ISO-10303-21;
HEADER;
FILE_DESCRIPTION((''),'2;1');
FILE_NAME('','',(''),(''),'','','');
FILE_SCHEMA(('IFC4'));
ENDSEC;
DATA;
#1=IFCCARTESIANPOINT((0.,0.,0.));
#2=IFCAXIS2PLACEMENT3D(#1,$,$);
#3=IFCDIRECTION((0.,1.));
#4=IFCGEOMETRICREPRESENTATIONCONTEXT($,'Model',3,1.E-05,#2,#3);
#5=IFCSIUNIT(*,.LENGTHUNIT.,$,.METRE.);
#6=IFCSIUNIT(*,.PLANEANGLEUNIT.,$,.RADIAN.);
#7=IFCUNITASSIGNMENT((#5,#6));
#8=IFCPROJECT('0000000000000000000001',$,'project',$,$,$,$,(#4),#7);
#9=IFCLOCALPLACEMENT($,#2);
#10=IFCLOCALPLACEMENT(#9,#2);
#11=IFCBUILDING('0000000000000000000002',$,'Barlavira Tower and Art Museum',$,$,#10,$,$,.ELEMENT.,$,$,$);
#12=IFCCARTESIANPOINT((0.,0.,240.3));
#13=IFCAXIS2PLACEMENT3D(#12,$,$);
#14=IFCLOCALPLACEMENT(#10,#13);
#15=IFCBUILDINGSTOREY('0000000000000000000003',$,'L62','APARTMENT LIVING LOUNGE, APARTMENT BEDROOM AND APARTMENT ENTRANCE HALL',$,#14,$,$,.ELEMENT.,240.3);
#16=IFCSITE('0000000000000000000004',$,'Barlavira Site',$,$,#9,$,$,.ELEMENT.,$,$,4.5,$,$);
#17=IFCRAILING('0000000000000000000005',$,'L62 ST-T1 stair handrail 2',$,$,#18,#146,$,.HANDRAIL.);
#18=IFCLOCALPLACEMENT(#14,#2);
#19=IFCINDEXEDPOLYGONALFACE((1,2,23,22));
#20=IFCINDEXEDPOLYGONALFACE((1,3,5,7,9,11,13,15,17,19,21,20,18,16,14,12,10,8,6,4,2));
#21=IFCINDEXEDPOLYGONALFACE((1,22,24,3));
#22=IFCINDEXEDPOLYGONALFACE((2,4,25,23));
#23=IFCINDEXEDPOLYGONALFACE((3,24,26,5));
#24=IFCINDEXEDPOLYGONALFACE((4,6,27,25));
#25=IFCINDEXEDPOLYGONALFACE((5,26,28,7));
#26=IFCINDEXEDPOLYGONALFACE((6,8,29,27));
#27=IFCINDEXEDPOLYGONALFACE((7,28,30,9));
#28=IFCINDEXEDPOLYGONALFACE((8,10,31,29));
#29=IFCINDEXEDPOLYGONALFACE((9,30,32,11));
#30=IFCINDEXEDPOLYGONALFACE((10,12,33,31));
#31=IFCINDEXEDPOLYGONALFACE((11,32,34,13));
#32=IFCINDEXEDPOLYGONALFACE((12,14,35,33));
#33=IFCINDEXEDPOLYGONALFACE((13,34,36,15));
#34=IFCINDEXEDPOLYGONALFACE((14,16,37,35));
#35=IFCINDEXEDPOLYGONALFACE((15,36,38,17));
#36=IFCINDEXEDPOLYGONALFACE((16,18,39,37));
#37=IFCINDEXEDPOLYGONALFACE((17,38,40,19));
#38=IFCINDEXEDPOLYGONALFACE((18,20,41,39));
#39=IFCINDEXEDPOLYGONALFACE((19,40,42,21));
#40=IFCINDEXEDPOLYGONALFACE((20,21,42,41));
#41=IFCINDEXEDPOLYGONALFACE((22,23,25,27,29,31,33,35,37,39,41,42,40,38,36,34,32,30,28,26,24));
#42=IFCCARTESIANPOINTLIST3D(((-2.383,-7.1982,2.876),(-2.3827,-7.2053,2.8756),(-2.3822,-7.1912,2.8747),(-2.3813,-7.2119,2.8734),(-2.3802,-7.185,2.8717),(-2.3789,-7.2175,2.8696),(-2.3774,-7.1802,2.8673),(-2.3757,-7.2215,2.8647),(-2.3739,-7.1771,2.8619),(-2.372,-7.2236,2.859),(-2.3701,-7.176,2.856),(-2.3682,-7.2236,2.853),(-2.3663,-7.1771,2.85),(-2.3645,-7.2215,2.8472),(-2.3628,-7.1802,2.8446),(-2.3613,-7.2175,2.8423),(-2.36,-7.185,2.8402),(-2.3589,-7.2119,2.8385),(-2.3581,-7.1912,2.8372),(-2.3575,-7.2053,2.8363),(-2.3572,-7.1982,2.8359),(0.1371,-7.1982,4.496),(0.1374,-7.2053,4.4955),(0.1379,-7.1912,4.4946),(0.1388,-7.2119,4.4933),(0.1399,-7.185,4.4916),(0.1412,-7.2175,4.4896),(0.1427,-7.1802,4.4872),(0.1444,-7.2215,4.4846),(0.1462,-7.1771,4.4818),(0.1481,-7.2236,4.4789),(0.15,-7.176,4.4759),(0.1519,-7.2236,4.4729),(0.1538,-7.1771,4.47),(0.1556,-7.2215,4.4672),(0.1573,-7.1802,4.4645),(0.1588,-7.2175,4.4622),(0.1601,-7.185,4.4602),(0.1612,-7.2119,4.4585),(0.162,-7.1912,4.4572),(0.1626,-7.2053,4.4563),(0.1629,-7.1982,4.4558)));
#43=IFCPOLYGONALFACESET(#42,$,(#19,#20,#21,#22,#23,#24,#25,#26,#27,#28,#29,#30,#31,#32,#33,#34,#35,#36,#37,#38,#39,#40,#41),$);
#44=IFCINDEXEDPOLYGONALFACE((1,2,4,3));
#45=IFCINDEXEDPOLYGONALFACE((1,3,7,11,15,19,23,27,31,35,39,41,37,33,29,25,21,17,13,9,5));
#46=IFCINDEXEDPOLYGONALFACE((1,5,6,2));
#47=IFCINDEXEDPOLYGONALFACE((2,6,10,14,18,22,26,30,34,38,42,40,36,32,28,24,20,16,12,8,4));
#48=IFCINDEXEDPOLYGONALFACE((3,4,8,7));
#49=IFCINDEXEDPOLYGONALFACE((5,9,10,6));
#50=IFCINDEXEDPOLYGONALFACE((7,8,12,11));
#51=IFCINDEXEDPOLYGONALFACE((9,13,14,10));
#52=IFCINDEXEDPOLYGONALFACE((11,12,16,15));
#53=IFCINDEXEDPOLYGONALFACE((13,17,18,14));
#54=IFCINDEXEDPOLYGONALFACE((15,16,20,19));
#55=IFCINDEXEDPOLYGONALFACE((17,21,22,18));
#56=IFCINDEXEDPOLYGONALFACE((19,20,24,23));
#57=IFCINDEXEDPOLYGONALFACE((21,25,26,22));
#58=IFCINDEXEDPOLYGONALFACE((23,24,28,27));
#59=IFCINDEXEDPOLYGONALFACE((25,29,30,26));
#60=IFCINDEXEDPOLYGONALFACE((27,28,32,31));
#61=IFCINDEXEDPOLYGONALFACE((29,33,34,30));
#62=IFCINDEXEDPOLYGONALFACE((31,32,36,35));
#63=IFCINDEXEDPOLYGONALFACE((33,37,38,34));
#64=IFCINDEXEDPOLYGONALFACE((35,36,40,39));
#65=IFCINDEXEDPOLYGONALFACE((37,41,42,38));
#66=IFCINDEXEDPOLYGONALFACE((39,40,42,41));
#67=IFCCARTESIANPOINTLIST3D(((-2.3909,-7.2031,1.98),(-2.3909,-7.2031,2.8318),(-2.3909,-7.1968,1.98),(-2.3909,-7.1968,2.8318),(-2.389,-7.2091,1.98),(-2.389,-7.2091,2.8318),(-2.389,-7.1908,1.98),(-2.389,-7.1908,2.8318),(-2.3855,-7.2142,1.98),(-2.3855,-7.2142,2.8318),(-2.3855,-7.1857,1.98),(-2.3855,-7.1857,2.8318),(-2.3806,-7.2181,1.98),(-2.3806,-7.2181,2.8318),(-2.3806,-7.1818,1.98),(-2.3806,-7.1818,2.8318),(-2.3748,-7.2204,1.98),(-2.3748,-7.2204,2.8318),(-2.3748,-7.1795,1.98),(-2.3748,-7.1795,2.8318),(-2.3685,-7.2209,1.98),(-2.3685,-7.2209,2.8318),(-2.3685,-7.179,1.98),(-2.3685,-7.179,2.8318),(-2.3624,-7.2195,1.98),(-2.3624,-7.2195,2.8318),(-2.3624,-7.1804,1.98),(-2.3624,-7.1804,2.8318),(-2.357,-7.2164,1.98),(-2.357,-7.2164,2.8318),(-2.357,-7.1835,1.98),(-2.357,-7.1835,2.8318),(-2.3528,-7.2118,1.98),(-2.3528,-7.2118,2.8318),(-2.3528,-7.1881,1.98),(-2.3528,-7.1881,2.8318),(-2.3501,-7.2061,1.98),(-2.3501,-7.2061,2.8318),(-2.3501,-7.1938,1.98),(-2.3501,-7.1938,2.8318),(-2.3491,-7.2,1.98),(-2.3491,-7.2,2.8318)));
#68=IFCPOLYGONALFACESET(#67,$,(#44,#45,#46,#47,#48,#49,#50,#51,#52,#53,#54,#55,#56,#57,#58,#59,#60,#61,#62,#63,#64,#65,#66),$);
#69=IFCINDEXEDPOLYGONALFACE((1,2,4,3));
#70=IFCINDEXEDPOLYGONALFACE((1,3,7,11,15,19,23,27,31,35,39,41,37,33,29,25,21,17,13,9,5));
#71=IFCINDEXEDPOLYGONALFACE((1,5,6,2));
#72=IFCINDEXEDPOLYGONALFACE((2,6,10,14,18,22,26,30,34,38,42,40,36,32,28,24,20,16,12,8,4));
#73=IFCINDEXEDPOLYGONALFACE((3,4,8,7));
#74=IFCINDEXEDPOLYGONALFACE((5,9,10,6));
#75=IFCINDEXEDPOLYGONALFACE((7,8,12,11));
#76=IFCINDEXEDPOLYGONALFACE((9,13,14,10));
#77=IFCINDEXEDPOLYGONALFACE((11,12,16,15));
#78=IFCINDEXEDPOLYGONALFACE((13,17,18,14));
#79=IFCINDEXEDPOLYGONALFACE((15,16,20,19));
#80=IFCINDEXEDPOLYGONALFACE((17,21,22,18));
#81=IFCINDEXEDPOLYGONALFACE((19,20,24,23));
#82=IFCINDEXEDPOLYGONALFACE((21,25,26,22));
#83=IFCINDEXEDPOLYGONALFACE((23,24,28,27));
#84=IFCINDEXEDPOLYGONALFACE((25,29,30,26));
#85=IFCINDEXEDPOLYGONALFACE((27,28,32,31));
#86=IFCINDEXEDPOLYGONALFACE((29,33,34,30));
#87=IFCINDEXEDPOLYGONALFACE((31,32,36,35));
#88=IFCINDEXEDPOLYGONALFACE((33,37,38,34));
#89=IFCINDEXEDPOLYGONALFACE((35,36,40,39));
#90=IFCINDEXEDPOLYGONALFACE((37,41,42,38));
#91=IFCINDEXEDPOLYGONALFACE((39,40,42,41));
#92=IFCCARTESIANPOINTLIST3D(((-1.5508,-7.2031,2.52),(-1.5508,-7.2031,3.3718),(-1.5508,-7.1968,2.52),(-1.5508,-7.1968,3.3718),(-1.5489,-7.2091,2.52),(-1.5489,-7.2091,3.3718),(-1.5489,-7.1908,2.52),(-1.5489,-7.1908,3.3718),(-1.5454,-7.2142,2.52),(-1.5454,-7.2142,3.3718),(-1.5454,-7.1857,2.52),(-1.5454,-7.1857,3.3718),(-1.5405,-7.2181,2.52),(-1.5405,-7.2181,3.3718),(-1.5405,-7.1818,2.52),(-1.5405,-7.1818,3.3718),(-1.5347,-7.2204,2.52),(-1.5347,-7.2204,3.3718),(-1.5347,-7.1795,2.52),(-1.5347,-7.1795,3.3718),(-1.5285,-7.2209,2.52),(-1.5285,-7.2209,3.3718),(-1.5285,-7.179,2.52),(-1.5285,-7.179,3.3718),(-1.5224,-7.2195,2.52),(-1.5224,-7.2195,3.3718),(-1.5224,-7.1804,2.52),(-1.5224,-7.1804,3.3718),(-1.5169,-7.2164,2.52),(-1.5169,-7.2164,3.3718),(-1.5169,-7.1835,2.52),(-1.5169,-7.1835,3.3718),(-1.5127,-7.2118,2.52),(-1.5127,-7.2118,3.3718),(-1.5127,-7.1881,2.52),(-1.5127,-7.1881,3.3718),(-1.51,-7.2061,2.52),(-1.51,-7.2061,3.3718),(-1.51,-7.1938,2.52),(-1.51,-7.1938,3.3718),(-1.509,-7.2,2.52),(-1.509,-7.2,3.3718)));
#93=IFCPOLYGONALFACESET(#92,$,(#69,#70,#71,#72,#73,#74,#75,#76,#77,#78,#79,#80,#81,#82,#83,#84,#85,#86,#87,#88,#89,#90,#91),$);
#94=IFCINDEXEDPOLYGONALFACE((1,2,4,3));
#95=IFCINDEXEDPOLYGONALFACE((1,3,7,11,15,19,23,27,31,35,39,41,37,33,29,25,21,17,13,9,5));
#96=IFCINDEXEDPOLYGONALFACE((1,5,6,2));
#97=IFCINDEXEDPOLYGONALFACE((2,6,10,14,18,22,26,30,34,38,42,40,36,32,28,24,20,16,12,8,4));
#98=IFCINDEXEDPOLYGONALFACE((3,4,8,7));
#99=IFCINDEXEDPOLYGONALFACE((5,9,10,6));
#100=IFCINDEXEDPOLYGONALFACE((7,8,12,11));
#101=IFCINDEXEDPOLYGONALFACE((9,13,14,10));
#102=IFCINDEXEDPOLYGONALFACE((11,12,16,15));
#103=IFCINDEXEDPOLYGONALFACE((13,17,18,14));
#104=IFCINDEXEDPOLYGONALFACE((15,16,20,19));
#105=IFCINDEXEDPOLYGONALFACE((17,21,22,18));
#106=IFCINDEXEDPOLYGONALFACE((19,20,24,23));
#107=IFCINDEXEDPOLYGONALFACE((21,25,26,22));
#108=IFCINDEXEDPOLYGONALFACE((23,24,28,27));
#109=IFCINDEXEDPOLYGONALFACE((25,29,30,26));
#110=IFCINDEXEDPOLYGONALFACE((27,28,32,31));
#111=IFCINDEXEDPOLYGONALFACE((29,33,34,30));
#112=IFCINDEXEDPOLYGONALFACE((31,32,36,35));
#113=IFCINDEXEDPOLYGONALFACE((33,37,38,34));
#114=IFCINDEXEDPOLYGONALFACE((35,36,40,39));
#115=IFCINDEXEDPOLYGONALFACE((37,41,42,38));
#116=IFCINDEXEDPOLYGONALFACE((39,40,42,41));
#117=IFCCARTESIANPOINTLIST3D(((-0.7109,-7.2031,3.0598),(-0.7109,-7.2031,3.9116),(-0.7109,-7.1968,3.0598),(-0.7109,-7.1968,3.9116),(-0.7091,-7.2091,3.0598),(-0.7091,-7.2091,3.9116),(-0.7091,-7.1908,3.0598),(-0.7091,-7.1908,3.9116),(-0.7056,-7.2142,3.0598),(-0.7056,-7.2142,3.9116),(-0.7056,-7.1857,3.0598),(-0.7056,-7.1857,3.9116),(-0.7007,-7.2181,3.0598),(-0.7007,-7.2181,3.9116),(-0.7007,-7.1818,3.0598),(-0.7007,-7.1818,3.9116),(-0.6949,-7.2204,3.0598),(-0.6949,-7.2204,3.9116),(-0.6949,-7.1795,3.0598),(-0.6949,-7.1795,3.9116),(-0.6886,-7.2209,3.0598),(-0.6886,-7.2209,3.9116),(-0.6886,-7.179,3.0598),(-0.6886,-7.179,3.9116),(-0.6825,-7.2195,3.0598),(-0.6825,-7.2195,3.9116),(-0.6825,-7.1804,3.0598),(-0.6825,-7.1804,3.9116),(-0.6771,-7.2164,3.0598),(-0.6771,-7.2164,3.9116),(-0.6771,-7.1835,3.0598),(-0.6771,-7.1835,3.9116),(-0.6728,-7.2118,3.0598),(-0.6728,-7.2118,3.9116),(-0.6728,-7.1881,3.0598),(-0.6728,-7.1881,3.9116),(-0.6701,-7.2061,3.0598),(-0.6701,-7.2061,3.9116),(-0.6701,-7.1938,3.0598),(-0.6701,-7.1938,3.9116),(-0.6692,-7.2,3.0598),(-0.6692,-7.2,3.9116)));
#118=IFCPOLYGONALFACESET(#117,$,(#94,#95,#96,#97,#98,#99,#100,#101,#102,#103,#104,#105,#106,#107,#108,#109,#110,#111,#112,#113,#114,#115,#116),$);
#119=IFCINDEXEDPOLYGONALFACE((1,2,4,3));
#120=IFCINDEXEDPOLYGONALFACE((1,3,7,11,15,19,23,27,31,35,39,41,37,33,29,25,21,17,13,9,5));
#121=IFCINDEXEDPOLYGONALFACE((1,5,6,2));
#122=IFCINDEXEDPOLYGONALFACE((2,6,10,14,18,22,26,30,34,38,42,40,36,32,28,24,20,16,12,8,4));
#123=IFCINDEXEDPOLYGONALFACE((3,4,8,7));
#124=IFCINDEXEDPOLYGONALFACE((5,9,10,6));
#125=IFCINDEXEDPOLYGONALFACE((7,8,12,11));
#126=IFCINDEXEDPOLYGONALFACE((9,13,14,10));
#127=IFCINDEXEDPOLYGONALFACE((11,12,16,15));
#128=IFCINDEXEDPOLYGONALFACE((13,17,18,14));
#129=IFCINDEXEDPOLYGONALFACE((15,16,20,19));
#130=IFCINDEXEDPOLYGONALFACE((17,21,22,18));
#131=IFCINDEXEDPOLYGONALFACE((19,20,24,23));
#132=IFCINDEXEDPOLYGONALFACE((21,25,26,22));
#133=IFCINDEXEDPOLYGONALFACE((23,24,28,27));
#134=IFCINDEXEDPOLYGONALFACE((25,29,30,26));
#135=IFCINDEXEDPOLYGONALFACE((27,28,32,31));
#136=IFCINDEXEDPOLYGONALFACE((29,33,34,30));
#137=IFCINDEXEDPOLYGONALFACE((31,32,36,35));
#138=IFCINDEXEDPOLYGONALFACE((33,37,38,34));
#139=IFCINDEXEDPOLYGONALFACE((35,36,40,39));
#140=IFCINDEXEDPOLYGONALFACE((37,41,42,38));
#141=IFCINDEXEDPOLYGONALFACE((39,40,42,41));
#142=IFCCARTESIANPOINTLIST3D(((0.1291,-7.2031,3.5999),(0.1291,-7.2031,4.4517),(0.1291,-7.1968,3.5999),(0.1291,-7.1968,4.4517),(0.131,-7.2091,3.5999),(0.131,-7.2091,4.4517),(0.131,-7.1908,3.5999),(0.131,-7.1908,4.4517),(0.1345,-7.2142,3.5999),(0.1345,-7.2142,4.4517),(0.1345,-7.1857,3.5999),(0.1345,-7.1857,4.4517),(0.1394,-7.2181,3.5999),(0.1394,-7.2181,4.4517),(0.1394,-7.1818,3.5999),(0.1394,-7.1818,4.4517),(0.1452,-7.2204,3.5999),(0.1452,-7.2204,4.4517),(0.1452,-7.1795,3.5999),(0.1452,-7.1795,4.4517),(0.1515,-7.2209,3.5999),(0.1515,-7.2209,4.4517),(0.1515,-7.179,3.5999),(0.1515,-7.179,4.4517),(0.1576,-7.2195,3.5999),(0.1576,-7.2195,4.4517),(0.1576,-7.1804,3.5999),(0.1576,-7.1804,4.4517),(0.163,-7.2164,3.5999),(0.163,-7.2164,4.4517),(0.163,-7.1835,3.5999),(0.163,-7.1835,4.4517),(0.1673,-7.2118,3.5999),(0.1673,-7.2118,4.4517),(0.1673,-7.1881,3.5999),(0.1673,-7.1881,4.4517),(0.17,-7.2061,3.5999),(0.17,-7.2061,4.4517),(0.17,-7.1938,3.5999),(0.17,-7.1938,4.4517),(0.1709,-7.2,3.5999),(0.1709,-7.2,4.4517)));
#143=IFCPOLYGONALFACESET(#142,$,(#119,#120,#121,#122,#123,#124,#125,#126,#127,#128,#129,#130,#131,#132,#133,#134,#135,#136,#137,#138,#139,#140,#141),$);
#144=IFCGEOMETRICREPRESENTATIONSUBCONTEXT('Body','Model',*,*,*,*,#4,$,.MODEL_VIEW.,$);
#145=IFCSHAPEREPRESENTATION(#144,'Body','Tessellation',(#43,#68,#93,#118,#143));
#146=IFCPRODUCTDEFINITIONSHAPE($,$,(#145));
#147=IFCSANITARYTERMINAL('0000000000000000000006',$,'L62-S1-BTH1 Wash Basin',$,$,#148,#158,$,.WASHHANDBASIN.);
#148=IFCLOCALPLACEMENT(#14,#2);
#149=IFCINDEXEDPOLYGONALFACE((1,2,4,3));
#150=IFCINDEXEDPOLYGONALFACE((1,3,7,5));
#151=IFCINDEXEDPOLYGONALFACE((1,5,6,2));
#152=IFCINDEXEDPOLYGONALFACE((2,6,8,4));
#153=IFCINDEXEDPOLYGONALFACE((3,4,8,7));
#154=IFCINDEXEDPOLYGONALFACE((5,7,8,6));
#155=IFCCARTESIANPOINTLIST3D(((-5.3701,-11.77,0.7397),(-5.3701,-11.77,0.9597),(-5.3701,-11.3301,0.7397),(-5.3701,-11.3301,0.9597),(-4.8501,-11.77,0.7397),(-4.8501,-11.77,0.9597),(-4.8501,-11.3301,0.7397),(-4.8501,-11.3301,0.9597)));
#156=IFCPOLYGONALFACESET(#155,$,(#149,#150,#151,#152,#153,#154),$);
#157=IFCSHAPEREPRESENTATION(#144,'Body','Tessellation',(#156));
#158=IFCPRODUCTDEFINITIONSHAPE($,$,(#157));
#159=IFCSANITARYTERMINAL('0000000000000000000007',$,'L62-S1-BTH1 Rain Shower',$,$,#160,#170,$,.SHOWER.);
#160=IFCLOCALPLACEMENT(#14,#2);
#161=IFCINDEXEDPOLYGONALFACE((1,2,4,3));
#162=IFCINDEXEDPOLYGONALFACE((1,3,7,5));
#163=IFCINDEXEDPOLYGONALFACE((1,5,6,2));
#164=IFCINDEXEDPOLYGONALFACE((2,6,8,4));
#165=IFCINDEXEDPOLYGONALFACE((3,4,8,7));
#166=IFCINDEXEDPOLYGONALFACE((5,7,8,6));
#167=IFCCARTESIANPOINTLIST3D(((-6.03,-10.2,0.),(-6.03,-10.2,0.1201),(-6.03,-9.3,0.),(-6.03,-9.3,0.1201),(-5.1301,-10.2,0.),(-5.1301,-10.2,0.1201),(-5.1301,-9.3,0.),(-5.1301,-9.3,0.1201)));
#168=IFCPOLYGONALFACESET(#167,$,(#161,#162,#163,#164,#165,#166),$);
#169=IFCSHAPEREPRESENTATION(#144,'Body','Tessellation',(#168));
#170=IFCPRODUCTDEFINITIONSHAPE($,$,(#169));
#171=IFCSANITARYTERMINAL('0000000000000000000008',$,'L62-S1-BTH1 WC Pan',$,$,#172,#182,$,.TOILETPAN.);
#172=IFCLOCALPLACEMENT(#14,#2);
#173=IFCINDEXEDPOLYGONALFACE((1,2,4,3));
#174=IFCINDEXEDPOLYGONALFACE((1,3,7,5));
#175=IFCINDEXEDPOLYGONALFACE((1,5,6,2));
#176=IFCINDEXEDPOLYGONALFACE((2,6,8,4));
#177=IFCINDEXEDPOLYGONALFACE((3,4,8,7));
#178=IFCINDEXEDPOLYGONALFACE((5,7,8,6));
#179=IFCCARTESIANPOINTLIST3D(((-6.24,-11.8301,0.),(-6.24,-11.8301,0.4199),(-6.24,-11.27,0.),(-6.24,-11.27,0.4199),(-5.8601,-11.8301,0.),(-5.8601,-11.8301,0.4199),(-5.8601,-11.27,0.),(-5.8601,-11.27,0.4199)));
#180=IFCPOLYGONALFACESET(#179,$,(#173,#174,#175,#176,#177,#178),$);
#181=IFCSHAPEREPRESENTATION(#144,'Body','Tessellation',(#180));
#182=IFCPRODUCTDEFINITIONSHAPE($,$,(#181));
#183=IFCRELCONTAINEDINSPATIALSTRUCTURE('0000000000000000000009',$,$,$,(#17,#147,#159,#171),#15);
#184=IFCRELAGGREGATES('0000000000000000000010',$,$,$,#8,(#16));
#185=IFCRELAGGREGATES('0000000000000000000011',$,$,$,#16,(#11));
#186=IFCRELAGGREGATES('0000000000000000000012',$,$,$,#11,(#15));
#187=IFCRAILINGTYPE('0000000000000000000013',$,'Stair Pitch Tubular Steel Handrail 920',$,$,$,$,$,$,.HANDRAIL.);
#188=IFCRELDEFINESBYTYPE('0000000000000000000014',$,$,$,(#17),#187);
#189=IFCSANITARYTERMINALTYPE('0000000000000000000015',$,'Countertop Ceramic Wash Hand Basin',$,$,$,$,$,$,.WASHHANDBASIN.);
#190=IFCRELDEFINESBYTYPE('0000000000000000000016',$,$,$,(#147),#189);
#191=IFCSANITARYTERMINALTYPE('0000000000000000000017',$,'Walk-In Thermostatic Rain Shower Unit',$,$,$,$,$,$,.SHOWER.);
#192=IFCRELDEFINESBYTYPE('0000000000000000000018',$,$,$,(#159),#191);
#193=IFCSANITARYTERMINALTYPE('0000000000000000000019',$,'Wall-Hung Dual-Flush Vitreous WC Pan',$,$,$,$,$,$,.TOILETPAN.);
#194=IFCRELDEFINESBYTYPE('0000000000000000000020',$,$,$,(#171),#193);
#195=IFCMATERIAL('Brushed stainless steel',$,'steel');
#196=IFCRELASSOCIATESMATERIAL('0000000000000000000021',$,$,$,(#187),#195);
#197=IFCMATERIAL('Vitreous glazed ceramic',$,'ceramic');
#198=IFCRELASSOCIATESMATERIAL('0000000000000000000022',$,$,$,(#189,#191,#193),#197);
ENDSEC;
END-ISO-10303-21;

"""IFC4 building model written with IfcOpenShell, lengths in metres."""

from ifc_helpers import new_model, si_unit, direction, frame, origin, origin_2d, place, context, subcontext, project, spatial, rectangle, circle, extrude, material, type_object, element, save


model = new_model("IFC4")

# Units and contexts
model_context = context("Model", 3, precision=1e-05, world=origin(), true_north=direction((0.0, 1.0)))
body_context = subcontext(model_context, "Body", "Model", "MODEL_VIEW")
ifc_project = project(units=[si_unit("LENGTHUNIT", "METRE"), si_unit("PLANEANGLEUNIT", "RADIAN")], contexts=[model_context])

# Site, building, storey
site_placement = place(None, origin())
site = spatial("IfcSite", under=ifc_project, at=site_placement, Name="Barlavira Site", CompositionType="ELEMENT", RefElevation=4.5)
building_placement = place(site_placement, origin())
building = spatial("IfcBuilding", under=site, at=building_placement, Name="Barlavira Tower and Art Museum", CompositionType="ELEMENT")
storey_placement = place(building_placement, frame((0.0, 0.0, 240.3)))
storey = spatial("IfcBuildingStorey", under=building, at=storey_placement, Name="L62", Description="APARTMENT LIVING LOUNGE, APARTMENT BEDROOM AND APARTMENT ENTRANCE HALL", CompositionType="ELEMENT", Elevation=240.3)

# Shared definitions
ifc_material_1 = material(Name="Brushed stainless steel", Category="steel")

# Railing
railing_type_1 = type_object("IfcRailingType", Name="Stair Pitch Tubular Steel Handrail 920", PredefinedType="HANDRAIL", material=ifc_material_1)
railing_1_placement = place(storey_placement, frame((-2.3701, -7.2, 1.98)))
element("IfcRailing", 1, at=railing_1_placement, inside=storey, type_object=railing_type_1, Name="L62 ST-T1 stair handrail 2", PredefinedType="HANDRAIL", context=body_context, shape_type="SweptSolid", body=[
    extrude(circle(Radius=0.0239, at=origin_2d()), frame((0.0, 0.0, 0.876), z_axis=(0.8412, 0.0, 0.540725), x_axis=(0.0, 1.0, 0.0)), (0.0, 0.0, 1.0), 2.9958),
    extrude(circle(Radius=0.021, at=origin_2d()), origin(), (0.0, 0.0, 1.0), 0.8518),
    extrude(circle(Radius=0.021, at=origin_2d()), frame((0.8401, 0.0, 0.54)), (0.0, 0.0, 1.0), 0.8518),
    extrude(circle(Radius=0.021, at=origin_2d()), frame((1.6799, 0.0, 1.0798)), (0.0, 0.0, 1.0), 0.8518),
    extrude(circle(Radius=0.021, at=origin_2d()), frame((2.52, 0.0, 1.6199)), (0.0, 0.0, 1.0), 0.8518),
])

# Sanitary terminals
ifc_material_2 = material(Name="Vitreous glazed ceramic", Category="ceramic")
sanitary_terminal_type_1 = type_object("IfcSanitaryTerminalType", Name="Countertop Ceramic Wash Hand Basin", PredefinedType="WASHHANDBASIN", material=ifc_material_2)
sanitary_terminal_1_placement = place(storey_placement, frame((-5.1101, -11.55, 0.7397), z_axis=(0.0, 0.0, 1.0), x_axis=(1.0, 0.0, 0.0)))
element("IfcSanitaryTerminal", 2, at=sanitary_terminal_1_placement, inside=storey, type_object=sanitary_terminal_type_1, Name="L62-S1-BTH1 Wash Basin", PredefinedType="WASHHANDBASIN", context=body_context, shape_type="SweptSolid", body=[
    extrude(rectangle(XDim=0.52, YDim=0.4399, at=origin_2d()), origin(), (0.0, 0.0, 1.0), 0.22),
])
sanitary_terminal_type_2 = type_object("IfcSanitaryTerminalType", Name="Walk-In Thermostatic Rain Shower Unit", PredefinedType="SHOWER", material=ifc_material_2)
sanitary_terminal_2_placement = place(storey_placement, frame((-5.5801, -9.75, 0.0), z_axis=(0.0, 0.0, 1.0), x_axis=(1.0, 0.0, 0.0)))
element("IfcSanitaryTerminal", 3, at=sanitary_terminal_2_placement, inside=storey, type_object=sanitary_terminal_type_2, Name="L62-S1-BTH1 Rain Shower", PredefinedType="SHOWER", context=body_context, shape_type="SweptSolid", body=[
    extrude(rectangle(XDim=0.8999, YDim=0.8999, at=origin_2d()), origin(), (0.0, 0.0, 1.0), 0.1201),
])
sanitary_terminal_type_3 = type_object("IfcSanitaryTerminalType", Name="Wall-Hung Dual-Flush Vitreous WC Pan", PredefinedType="TOILETPAN", material=ifc_material_2)
sanitary_terminal_3_placement = place(storey_placement, frame((-6.05, -11.55, 0.0), z_axis=(0.0, 0.0, 1.0), x_axis=(1.0, 0.0, 0.0)))
element("IfcSanitaryTerminal", 4, at=sanitary_terminal_3_placement, inside=storey, type_object=sanitary_terminal_type_3, Name="L62-S1-BTH1 WC Pan", PredefinedType="TOILETPAN", context=body_context, shape_type="SweptSolid", body=[
    extrude(rectangle(XDim=0.3799, YDim=0.5601, at=origin_2d()), origin(), (0.0, 0.0, 1.0), 0.4199),
])

save(model, "model.ifc")
